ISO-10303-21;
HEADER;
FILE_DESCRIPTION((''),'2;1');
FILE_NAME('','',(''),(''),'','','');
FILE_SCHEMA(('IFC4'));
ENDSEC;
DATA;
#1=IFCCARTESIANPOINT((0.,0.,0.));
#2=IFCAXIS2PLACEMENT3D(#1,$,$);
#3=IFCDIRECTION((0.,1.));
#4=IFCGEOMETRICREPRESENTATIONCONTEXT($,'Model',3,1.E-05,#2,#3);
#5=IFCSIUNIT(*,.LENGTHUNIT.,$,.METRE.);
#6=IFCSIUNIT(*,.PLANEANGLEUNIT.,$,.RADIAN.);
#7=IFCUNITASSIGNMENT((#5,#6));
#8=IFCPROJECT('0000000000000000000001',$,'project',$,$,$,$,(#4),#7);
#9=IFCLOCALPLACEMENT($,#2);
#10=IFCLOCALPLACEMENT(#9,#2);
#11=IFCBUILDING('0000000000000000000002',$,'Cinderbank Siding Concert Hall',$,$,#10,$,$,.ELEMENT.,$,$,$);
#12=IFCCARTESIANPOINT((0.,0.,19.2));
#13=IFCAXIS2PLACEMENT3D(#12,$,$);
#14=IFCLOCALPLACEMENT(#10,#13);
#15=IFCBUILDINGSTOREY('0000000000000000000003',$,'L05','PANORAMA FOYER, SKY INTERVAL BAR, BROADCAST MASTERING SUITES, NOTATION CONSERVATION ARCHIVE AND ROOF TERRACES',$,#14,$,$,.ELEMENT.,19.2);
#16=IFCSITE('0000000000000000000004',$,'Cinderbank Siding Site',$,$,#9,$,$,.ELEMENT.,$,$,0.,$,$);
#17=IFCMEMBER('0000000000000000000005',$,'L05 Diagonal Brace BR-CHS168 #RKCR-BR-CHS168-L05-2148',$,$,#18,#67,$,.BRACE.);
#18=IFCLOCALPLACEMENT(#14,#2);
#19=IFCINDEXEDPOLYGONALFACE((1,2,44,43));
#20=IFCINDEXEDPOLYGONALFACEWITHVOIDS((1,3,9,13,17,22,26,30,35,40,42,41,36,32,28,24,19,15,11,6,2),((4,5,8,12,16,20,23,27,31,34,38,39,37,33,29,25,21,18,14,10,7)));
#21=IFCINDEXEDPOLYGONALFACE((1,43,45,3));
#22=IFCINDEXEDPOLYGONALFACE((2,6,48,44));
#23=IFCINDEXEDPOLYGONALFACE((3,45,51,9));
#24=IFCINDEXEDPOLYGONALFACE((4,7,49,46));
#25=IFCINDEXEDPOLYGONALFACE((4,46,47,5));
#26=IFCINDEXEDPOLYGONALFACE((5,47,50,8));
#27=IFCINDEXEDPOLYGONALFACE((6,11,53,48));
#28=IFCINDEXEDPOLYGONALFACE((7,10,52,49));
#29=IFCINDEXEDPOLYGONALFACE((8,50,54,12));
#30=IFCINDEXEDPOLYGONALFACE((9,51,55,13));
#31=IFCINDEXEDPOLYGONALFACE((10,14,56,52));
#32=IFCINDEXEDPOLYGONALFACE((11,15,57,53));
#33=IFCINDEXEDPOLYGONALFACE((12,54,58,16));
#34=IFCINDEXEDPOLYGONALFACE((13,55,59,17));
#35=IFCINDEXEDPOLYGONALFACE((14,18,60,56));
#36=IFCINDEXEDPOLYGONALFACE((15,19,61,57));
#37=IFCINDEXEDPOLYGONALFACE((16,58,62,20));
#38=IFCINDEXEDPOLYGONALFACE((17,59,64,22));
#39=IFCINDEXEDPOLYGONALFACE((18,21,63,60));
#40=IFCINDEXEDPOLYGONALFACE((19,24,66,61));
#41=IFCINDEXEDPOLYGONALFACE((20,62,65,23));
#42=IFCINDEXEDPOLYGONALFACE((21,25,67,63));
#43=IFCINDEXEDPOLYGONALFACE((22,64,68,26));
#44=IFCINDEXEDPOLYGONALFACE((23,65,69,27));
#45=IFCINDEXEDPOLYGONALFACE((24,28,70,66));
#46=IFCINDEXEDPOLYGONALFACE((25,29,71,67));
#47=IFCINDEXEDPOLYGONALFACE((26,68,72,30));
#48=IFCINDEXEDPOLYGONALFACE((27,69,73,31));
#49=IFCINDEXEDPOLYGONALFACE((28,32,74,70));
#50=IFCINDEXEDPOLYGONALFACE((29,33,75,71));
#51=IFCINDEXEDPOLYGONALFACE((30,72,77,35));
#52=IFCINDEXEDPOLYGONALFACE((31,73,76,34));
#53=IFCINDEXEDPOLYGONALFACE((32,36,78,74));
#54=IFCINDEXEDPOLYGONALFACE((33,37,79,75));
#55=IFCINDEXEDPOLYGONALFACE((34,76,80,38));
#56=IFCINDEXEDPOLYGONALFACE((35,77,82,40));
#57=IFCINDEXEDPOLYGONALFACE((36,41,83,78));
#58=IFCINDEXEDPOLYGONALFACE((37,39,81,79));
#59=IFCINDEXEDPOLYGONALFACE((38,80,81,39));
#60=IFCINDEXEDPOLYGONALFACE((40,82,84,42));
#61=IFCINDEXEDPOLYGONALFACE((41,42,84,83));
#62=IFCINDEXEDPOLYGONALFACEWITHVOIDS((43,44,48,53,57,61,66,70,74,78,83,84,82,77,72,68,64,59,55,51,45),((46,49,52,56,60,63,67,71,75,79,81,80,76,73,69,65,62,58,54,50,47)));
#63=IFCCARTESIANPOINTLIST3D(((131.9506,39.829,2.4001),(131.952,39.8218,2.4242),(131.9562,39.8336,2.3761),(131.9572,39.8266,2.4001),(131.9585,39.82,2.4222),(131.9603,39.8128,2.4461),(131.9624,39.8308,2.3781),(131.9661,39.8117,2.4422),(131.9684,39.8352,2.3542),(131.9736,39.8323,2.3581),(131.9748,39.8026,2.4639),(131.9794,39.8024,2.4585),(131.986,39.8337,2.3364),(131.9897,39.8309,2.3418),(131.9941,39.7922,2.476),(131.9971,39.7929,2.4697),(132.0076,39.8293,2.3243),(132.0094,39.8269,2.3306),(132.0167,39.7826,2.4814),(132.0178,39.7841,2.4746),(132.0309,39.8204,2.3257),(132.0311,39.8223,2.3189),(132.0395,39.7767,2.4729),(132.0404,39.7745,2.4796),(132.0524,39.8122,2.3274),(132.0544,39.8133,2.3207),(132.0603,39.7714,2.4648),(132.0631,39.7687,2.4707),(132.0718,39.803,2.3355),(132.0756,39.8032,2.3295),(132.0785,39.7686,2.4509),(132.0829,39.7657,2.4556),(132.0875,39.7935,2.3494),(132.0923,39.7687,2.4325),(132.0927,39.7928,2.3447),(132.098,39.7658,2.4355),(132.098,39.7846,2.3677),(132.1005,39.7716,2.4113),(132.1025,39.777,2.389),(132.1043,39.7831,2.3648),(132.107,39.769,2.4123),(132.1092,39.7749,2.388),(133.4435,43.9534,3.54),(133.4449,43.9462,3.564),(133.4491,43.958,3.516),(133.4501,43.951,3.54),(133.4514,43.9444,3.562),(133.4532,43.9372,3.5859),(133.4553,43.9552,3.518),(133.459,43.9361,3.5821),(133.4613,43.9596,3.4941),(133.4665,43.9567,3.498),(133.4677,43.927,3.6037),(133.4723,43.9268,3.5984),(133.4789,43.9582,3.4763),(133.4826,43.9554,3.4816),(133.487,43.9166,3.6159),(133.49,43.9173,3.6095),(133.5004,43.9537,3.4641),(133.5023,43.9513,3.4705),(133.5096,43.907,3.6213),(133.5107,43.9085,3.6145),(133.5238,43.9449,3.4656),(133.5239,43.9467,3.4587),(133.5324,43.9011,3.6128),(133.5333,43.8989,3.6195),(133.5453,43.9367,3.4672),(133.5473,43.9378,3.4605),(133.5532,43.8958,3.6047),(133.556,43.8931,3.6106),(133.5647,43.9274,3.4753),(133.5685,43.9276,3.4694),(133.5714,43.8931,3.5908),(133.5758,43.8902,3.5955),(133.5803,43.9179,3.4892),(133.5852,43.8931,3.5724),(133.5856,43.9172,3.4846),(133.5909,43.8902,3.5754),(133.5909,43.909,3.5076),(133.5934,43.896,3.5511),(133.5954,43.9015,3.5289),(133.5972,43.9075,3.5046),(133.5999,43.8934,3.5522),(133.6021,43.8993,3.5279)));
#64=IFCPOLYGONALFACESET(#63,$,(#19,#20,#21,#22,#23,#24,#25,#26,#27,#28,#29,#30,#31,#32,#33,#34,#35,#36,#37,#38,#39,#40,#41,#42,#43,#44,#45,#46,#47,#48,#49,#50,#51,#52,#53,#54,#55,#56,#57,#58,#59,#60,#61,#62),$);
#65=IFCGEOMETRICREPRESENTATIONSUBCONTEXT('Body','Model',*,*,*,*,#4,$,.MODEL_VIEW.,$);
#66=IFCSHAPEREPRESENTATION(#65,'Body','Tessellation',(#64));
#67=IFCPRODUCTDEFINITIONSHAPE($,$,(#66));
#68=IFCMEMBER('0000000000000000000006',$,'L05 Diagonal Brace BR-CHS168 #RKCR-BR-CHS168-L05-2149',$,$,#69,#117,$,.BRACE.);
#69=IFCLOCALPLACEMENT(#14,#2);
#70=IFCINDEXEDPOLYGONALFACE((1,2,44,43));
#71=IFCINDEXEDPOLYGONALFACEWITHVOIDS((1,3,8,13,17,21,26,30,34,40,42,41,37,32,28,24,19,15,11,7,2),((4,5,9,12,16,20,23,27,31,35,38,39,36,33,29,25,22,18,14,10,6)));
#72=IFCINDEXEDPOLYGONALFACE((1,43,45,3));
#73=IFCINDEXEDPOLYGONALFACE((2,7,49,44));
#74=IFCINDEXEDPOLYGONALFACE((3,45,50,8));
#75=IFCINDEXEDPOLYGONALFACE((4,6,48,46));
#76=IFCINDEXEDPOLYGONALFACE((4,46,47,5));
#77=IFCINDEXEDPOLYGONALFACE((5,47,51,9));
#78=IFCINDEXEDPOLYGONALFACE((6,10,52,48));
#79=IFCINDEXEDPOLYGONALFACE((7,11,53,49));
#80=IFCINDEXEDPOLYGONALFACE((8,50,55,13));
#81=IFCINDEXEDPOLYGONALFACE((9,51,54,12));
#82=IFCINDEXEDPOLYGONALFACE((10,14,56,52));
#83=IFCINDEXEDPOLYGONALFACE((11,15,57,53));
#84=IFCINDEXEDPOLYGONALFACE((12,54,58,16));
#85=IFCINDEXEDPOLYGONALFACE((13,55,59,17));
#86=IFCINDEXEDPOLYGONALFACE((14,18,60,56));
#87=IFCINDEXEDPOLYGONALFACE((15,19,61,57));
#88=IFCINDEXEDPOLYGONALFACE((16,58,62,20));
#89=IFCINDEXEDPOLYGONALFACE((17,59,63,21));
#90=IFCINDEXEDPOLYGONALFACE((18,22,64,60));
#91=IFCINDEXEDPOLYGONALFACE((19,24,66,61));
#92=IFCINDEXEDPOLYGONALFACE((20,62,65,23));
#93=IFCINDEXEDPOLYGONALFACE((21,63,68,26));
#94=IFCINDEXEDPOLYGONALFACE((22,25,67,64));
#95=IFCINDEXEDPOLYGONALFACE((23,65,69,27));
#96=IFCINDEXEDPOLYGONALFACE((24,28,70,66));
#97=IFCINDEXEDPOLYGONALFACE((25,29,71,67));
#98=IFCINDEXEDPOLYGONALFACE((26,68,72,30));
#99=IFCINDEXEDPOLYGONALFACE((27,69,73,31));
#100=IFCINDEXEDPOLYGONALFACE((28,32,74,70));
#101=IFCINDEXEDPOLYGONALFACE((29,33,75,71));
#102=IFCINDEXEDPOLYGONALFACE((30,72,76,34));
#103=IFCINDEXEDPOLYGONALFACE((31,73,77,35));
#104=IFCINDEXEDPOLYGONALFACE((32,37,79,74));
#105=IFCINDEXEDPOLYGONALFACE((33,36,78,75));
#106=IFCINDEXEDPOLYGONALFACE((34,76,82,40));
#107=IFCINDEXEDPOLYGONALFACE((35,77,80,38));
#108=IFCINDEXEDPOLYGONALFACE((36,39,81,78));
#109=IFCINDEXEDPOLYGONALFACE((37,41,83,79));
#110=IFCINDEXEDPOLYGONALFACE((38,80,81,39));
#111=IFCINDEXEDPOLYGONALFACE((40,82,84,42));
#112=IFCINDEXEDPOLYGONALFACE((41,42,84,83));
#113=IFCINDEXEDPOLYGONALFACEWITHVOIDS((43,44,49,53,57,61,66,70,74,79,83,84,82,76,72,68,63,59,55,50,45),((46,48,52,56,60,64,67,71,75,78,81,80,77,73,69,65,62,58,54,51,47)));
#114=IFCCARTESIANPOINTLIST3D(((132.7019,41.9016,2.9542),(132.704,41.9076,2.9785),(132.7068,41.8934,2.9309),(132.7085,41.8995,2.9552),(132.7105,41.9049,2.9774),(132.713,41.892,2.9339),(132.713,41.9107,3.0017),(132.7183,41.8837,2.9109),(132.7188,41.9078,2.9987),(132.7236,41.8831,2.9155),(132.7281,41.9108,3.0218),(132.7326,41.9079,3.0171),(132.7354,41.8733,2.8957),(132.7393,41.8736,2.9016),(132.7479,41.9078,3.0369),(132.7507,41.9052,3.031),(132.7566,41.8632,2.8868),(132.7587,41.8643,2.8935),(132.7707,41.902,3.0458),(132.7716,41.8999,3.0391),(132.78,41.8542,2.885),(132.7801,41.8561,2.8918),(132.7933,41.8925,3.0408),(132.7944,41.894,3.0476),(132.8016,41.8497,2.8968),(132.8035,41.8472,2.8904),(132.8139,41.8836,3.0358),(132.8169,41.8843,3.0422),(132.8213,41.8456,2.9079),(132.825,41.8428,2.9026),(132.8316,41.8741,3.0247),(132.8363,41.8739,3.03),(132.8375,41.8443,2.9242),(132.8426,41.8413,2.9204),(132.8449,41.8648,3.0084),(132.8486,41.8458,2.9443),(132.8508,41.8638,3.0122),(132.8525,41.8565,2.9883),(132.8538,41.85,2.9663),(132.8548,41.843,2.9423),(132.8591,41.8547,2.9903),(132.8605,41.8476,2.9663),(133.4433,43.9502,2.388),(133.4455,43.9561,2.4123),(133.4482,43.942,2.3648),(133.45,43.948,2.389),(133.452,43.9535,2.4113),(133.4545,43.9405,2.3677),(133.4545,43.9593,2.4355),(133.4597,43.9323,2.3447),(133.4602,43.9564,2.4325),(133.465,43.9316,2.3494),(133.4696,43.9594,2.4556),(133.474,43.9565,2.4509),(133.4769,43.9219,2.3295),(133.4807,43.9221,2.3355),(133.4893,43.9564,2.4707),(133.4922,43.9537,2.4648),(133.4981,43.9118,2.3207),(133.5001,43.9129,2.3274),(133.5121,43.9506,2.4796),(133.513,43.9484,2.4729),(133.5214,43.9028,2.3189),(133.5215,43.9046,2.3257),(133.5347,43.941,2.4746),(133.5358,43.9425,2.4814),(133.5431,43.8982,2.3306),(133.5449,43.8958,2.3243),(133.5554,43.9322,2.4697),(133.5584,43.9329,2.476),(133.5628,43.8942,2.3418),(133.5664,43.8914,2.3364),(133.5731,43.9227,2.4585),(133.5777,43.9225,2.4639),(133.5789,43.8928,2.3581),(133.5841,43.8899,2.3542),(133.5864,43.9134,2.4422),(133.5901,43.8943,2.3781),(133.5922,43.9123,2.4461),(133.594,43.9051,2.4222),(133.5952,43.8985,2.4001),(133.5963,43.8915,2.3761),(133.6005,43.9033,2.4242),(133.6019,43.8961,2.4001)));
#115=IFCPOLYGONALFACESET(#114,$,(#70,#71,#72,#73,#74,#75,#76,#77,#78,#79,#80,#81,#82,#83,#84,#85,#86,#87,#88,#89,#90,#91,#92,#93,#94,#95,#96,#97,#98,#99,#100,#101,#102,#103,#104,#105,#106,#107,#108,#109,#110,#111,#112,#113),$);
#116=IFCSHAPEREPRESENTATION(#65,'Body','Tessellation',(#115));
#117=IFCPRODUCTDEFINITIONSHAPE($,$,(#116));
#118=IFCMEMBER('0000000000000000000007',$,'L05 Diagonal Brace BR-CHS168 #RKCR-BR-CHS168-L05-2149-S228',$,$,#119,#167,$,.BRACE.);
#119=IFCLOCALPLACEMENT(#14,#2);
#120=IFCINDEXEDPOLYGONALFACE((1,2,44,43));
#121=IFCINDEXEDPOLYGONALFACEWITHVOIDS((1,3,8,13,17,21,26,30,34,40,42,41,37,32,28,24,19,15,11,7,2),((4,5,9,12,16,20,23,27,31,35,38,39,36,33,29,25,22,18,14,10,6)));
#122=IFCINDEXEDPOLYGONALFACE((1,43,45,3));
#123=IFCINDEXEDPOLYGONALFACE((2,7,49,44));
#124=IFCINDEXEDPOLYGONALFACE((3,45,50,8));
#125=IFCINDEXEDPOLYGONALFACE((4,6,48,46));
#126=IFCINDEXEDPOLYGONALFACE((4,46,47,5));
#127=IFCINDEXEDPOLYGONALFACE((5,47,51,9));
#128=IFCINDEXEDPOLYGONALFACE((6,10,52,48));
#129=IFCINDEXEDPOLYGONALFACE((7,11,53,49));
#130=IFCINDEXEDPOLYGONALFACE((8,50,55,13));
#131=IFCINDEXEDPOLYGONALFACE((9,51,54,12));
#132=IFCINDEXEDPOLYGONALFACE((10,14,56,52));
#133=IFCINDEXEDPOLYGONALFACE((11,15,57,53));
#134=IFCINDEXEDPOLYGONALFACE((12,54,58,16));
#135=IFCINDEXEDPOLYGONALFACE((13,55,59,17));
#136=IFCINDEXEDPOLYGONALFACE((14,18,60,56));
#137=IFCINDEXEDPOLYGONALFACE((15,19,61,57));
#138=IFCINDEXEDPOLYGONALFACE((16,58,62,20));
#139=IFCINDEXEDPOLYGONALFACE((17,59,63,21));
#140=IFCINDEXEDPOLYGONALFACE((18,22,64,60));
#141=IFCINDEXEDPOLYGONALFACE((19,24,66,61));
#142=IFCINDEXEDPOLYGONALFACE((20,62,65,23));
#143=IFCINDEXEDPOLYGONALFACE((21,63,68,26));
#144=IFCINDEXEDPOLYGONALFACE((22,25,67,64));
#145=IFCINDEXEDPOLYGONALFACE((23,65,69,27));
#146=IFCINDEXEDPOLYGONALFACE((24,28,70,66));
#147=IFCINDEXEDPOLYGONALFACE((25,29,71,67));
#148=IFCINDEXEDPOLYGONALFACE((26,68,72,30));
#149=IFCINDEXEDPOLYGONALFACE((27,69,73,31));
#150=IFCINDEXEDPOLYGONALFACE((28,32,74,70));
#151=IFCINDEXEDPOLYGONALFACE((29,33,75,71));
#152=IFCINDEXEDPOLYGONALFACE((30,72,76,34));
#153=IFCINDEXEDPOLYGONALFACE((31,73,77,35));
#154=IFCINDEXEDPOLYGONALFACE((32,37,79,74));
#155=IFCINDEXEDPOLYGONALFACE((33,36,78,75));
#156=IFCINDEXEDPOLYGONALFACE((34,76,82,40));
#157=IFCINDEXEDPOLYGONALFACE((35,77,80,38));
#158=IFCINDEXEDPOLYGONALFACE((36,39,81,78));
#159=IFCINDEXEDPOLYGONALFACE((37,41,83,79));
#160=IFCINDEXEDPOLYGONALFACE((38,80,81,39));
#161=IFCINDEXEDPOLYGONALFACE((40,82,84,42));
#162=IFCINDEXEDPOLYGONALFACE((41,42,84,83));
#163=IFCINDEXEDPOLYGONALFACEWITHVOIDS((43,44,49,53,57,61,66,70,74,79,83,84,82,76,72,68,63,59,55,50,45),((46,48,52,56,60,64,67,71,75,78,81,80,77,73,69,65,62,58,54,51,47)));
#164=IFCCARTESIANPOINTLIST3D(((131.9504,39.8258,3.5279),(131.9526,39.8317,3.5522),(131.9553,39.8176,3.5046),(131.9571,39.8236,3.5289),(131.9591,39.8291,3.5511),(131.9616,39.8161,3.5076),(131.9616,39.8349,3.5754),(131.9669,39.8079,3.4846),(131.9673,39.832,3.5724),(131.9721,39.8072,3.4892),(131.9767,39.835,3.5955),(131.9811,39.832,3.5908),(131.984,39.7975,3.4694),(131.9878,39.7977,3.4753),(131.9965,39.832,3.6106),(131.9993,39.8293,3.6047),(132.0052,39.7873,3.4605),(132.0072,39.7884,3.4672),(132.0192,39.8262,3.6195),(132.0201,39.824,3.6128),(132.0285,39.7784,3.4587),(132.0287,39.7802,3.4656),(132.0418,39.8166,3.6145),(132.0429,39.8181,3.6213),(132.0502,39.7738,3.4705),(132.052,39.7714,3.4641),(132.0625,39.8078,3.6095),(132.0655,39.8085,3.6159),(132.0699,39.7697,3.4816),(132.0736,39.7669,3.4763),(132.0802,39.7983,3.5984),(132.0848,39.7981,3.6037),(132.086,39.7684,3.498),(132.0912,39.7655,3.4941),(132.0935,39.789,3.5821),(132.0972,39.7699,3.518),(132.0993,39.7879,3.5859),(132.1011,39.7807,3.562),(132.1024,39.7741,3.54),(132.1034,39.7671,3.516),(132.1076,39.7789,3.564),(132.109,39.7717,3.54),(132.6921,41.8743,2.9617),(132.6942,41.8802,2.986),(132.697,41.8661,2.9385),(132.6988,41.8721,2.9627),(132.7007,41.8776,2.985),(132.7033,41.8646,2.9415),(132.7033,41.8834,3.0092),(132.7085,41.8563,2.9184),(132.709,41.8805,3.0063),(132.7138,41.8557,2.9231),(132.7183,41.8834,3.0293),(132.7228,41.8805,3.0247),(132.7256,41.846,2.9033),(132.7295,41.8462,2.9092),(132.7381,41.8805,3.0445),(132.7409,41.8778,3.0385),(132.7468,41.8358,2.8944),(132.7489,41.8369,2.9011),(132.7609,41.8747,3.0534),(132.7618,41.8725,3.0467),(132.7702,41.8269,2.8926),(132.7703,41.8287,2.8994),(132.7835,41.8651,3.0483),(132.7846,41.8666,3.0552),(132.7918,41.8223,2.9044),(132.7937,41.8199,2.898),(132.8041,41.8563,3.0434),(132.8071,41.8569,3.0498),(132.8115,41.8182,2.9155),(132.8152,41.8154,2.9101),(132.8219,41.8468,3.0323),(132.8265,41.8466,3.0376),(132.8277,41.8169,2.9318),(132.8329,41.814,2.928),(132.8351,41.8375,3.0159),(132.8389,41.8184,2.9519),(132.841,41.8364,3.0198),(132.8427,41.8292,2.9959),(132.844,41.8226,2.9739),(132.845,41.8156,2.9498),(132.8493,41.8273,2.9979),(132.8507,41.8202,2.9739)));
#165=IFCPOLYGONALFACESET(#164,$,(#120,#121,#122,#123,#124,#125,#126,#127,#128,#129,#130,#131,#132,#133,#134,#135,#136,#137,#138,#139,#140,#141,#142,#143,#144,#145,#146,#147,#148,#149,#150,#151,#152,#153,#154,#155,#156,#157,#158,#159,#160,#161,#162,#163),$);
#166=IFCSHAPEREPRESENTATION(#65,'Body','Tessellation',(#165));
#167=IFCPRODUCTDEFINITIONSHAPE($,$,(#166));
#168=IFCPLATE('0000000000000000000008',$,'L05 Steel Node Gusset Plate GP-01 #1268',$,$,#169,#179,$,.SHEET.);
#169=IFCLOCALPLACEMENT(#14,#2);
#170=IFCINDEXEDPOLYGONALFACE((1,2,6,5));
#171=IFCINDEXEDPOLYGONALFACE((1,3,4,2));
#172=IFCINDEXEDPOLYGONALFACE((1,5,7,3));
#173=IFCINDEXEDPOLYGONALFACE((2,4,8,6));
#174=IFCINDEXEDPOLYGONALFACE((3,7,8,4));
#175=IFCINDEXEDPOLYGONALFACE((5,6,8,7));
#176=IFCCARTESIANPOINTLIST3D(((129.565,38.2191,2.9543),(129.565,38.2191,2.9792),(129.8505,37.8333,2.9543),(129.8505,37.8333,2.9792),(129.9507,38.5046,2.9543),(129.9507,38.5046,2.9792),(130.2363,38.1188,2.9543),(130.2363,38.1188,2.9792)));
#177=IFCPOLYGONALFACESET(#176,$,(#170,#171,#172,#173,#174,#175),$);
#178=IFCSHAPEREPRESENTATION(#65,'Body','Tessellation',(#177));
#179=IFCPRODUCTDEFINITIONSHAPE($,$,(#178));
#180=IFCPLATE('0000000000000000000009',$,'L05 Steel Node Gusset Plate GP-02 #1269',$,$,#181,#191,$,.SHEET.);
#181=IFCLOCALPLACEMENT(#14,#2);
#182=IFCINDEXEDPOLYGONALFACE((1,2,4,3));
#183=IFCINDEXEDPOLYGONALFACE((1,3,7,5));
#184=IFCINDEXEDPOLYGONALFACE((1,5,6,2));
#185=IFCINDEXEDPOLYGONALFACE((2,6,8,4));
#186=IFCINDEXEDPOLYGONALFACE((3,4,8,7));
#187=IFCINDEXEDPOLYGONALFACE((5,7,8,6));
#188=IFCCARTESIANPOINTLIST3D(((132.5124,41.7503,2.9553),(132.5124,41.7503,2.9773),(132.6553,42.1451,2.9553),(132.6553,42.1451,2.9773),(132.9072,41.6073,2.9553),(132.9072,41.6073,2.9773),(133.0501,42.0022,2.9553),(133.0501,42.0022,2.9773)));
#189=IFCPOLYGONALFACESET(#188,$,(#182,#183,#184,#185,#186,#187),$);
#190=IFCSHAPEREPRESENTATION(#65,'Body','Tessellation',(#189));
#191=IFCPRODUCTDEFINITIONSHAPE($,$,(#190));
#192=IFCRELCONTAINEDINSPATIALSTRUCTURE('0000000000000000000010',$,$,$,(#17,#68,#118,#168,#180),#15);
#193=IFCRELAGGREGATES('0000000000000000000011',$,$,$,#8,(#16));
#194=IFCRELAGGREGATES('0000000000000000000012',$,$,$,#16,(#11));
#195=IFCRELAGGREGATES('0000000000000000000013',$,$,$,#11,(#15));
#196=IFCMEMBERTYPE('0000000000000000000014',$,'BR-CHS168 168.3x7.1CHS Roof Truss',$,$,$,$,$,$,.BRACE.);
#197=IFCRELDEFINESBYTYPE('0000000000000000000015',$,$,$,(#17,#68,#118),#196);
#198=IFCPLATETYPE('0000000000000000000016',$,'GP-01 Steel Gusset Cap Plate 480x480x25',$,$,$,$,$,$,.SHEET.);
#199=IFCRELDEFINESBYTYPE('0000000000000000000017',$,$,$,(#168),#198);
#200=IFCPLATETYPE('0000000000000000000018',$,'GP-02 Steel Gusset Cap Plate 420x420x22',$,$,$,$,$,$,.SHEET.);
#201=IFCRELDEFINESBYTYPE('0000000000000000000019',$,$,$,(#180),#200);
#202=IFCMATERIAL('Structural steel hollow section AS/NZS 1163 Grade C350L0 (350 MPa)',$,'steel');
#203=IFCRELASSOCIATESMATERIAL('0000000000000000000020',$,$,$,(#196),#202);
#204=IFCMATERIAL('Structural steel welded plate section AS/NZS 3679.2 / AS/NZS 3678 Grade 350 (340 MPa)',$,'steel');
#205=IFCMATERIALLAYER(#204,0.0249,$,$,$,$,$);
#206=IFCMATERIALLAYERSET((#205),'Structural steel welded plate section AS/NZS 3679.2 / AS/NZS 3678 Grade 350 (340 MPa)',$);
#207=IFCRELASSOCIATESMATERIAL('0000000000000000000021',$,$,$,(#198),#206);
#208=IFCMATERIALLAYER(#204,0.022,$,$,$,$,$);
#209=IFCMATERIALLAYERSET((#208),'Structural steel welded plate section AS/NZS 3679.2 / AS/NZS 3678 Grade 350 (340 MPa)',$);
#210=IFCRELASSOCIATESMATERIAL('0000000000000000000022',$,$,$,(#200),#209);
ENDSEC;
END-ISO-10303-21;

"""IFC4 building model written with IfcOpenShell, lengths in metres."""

from ifc_helpers import new_model, si_unit, direction, frame, origin, origin_2d, place, context, subcontext, project, spatial, rectangle, hollow_circle, extrude, material, layer, layer_set, material_profile, profile_set, type_object, element, save


model = new_model("IFC4")

# Units and contexts
model_context = context("Model", 3, precision=1e-05, world=origin(), true_north=direction((0.0, 1.0)))
body_context = subcontext(model_context, "Body", "Model", "MODEL_VIEW")
ifc_project = project(units=[si_unit("LENGTHUNIT", "METRE"), si_unit("PLANEANGLEUNIT", "RADIAN")], contexts=[model_context])

# Site, building, storey
site_placement = place(None, origin())
site = spatial("IfcSite", under=ifc_project, at=site_placement, Name="Cinderbank Siding Site", CompositionType="ELEMENT", RefElevation=0.0)
building_placement = place(site_placement, origin())
building = spatial("IfcBuilding", under=site, at=building_placement, Name="Cinderbank Siding Concert Hall", CompositionType="ELEMENT")
storey_placement = place(building_placement, frame((0.0, 0.0, 19.2)))
storey = spatial("IfcBuildingStorey", under=building, at=storey_placement, Name="L05", Description="PANORAMA FOYER, SKY INTERVAL BAR, BROADCAST MASTERING SUITES, NOTATION CONSERVATION ARCHIVE AND ROOF TERRACES", CompositionType="ELEMENT", Elevation=19.2)

# Shared definitions
ifc_material_1 = material(Name="Structural steel hollow section AS/NZS 1163 Grade C350L0 (350 MPa)", Category="steel")

# Members
ifc_material_profile_1 = material_profile(ifc_material_1, hollow_circle(Radius=0.0842, WallThickness=0.0071, at=origin_2d()), Name="168.3x7.1CHS", Category="LoadBearing")
ifc_profile_set_1 = profile_set([ifc_material_profile_1], Name="Structural steel hollow section AS/NZS 1163 Grade C350L0 (350 MPa)")
member_type = type_object("IfcMemberType", Name="BR-CHS168 168.3x7.1CHS Roof Truss", PredefinedType="BRACE", material=ifc_profile_set_1)
member_1_placement = place(storey_placement, frame((132.0298, 39.8003, 2.4001), z_axis=(0.329412, 0.91007, 0.251516), x_axis=(-0.940298, 0.340353, 0.0)))
element("IfcMember", 1, at=member_1_placement, inside=storey, type_object=member_type, Name="L05 Diagonal Brace BR-CHS168 #RKCR-BR-CHS168-L05-2148", PredefinedType="BRACE", context=body_context, shape_type="SweptSolid", body=[
    extrude(hollow_circle(Radius=0.0842, WallThickness=0.0071, at=origin_2d()), origin(), (0.0, 0.0, 1.0), 4.532),
])
for number, where, z_axis, x_axis, name in (
    (2, (133.5227, 43.9248, 2.4001), (-0.32939, -0.910078, 0.251516), (0.940306, -0.34033, 0.0), "L05 Diagonal Brace BR-CHS168 #RKCR-BR-CHS168-L05-2149"),
    (3, (132.7715, 41.8489, 2.9739), (-0.329486, -0.910046, 0.251507), (0.94027, -0.340429, 0.0), "L05 Diagonal Brace BR-CHS168 #RKCR-BR-CHS168-L05-2149-S228"),
):
    element("IfcMember", number, at=place(storey_placement, frame(where, z_axis=z_axis, x_axis=x_axis)), inside=storey, type_object=member_type, Name=name, PredefinedType="BRACE", context=body_context, shape_type="SweptSolid", body=[
        extrude(hollow_circle(Radius=0.0842, WallThickness=0.0071, at=origin_2d()), origin(), (0.0, 0.0, 1.0), 2.251),
    ])

# Plates
ifc_material_2 = material(Name="Structural steel welded plate section AS/NZS 3679.2 / AS/NZS 3678 Grade 350 (340 MPa)", Category="steel")
ifc_layer_1 = layer(ifc_material_2, 0.0249)
ifc_layer_set_1 = layer_set([ifc_layer_1], Name="Structural steel welded plate section AS/NZS 3679.2 / AS/NZS 3678 Grade 350 (340 MPa)")
plate_type_1 = type_object("IfcPlateType", Name="GP-01 Steel Gusset Cap Plate 480x480x25", PredefinedType="SHEET", material=ifc_layer_set_1)
plate_1_placement = place(storey_placement, frame((129.9006, 38.1689, 2.9543), z_axis=(0.0, 0.0, 1.0), x_axis=(-0.803753, -0.594963, 0.0)))
element("IfcPlate", 4, at=plate_1_placement, inside=storey, type_object=plate_type_1, Name="L05 Steel Node Gusset Plate GP-01 #1268", PredefinedType="SHEET", context=body_context, shape_type="SweptSolid", body=[
    extrude(rectangle(XDim=0.48, YDim=0.48, at=origin_2d()), origin(), (0.0, 0.0, 1.0), 0.0249),
])
ifc_layer_2 = layer(ifc_material_2, 0.022)
ifc_layer_set_2 = layer_set([ifc_layer_2], Name="Structural steel welded plate section AS/NZS 3679.2 / AS/NZS 3678 Grade 350 (340 MPa)")
plate_type_2 = type_object("IfcPlateType", Name="GP-02 Steel Gusset Cap Plate 420x420x22", PredefinedType="SHEET", material=ifc_layer_set_2)
plate_2_placement = place(storey_placement, frame((132.7812, 41.8762, 2.9553), z_axis=(0.0, 0.0, 1.0), x_axis=(-0.34038, -0.940288, 0.0)))
element("IfcPlate", 5, at=plate_2_placement, inside=storey, type_object=plate_type_2, Name="L05 Steel Node Gusset Plate GP-02 #1269", PredefinedType="SHEET", context=body_context, shape_type="SweptSolid", body=[
    extrude(rectangle(XDim=0.4199, YDim=0.4199, at=origin_2d()), origin(), (0.0, 0.0, 1.0), 0.022),
])

save(model, "model.ifc")
